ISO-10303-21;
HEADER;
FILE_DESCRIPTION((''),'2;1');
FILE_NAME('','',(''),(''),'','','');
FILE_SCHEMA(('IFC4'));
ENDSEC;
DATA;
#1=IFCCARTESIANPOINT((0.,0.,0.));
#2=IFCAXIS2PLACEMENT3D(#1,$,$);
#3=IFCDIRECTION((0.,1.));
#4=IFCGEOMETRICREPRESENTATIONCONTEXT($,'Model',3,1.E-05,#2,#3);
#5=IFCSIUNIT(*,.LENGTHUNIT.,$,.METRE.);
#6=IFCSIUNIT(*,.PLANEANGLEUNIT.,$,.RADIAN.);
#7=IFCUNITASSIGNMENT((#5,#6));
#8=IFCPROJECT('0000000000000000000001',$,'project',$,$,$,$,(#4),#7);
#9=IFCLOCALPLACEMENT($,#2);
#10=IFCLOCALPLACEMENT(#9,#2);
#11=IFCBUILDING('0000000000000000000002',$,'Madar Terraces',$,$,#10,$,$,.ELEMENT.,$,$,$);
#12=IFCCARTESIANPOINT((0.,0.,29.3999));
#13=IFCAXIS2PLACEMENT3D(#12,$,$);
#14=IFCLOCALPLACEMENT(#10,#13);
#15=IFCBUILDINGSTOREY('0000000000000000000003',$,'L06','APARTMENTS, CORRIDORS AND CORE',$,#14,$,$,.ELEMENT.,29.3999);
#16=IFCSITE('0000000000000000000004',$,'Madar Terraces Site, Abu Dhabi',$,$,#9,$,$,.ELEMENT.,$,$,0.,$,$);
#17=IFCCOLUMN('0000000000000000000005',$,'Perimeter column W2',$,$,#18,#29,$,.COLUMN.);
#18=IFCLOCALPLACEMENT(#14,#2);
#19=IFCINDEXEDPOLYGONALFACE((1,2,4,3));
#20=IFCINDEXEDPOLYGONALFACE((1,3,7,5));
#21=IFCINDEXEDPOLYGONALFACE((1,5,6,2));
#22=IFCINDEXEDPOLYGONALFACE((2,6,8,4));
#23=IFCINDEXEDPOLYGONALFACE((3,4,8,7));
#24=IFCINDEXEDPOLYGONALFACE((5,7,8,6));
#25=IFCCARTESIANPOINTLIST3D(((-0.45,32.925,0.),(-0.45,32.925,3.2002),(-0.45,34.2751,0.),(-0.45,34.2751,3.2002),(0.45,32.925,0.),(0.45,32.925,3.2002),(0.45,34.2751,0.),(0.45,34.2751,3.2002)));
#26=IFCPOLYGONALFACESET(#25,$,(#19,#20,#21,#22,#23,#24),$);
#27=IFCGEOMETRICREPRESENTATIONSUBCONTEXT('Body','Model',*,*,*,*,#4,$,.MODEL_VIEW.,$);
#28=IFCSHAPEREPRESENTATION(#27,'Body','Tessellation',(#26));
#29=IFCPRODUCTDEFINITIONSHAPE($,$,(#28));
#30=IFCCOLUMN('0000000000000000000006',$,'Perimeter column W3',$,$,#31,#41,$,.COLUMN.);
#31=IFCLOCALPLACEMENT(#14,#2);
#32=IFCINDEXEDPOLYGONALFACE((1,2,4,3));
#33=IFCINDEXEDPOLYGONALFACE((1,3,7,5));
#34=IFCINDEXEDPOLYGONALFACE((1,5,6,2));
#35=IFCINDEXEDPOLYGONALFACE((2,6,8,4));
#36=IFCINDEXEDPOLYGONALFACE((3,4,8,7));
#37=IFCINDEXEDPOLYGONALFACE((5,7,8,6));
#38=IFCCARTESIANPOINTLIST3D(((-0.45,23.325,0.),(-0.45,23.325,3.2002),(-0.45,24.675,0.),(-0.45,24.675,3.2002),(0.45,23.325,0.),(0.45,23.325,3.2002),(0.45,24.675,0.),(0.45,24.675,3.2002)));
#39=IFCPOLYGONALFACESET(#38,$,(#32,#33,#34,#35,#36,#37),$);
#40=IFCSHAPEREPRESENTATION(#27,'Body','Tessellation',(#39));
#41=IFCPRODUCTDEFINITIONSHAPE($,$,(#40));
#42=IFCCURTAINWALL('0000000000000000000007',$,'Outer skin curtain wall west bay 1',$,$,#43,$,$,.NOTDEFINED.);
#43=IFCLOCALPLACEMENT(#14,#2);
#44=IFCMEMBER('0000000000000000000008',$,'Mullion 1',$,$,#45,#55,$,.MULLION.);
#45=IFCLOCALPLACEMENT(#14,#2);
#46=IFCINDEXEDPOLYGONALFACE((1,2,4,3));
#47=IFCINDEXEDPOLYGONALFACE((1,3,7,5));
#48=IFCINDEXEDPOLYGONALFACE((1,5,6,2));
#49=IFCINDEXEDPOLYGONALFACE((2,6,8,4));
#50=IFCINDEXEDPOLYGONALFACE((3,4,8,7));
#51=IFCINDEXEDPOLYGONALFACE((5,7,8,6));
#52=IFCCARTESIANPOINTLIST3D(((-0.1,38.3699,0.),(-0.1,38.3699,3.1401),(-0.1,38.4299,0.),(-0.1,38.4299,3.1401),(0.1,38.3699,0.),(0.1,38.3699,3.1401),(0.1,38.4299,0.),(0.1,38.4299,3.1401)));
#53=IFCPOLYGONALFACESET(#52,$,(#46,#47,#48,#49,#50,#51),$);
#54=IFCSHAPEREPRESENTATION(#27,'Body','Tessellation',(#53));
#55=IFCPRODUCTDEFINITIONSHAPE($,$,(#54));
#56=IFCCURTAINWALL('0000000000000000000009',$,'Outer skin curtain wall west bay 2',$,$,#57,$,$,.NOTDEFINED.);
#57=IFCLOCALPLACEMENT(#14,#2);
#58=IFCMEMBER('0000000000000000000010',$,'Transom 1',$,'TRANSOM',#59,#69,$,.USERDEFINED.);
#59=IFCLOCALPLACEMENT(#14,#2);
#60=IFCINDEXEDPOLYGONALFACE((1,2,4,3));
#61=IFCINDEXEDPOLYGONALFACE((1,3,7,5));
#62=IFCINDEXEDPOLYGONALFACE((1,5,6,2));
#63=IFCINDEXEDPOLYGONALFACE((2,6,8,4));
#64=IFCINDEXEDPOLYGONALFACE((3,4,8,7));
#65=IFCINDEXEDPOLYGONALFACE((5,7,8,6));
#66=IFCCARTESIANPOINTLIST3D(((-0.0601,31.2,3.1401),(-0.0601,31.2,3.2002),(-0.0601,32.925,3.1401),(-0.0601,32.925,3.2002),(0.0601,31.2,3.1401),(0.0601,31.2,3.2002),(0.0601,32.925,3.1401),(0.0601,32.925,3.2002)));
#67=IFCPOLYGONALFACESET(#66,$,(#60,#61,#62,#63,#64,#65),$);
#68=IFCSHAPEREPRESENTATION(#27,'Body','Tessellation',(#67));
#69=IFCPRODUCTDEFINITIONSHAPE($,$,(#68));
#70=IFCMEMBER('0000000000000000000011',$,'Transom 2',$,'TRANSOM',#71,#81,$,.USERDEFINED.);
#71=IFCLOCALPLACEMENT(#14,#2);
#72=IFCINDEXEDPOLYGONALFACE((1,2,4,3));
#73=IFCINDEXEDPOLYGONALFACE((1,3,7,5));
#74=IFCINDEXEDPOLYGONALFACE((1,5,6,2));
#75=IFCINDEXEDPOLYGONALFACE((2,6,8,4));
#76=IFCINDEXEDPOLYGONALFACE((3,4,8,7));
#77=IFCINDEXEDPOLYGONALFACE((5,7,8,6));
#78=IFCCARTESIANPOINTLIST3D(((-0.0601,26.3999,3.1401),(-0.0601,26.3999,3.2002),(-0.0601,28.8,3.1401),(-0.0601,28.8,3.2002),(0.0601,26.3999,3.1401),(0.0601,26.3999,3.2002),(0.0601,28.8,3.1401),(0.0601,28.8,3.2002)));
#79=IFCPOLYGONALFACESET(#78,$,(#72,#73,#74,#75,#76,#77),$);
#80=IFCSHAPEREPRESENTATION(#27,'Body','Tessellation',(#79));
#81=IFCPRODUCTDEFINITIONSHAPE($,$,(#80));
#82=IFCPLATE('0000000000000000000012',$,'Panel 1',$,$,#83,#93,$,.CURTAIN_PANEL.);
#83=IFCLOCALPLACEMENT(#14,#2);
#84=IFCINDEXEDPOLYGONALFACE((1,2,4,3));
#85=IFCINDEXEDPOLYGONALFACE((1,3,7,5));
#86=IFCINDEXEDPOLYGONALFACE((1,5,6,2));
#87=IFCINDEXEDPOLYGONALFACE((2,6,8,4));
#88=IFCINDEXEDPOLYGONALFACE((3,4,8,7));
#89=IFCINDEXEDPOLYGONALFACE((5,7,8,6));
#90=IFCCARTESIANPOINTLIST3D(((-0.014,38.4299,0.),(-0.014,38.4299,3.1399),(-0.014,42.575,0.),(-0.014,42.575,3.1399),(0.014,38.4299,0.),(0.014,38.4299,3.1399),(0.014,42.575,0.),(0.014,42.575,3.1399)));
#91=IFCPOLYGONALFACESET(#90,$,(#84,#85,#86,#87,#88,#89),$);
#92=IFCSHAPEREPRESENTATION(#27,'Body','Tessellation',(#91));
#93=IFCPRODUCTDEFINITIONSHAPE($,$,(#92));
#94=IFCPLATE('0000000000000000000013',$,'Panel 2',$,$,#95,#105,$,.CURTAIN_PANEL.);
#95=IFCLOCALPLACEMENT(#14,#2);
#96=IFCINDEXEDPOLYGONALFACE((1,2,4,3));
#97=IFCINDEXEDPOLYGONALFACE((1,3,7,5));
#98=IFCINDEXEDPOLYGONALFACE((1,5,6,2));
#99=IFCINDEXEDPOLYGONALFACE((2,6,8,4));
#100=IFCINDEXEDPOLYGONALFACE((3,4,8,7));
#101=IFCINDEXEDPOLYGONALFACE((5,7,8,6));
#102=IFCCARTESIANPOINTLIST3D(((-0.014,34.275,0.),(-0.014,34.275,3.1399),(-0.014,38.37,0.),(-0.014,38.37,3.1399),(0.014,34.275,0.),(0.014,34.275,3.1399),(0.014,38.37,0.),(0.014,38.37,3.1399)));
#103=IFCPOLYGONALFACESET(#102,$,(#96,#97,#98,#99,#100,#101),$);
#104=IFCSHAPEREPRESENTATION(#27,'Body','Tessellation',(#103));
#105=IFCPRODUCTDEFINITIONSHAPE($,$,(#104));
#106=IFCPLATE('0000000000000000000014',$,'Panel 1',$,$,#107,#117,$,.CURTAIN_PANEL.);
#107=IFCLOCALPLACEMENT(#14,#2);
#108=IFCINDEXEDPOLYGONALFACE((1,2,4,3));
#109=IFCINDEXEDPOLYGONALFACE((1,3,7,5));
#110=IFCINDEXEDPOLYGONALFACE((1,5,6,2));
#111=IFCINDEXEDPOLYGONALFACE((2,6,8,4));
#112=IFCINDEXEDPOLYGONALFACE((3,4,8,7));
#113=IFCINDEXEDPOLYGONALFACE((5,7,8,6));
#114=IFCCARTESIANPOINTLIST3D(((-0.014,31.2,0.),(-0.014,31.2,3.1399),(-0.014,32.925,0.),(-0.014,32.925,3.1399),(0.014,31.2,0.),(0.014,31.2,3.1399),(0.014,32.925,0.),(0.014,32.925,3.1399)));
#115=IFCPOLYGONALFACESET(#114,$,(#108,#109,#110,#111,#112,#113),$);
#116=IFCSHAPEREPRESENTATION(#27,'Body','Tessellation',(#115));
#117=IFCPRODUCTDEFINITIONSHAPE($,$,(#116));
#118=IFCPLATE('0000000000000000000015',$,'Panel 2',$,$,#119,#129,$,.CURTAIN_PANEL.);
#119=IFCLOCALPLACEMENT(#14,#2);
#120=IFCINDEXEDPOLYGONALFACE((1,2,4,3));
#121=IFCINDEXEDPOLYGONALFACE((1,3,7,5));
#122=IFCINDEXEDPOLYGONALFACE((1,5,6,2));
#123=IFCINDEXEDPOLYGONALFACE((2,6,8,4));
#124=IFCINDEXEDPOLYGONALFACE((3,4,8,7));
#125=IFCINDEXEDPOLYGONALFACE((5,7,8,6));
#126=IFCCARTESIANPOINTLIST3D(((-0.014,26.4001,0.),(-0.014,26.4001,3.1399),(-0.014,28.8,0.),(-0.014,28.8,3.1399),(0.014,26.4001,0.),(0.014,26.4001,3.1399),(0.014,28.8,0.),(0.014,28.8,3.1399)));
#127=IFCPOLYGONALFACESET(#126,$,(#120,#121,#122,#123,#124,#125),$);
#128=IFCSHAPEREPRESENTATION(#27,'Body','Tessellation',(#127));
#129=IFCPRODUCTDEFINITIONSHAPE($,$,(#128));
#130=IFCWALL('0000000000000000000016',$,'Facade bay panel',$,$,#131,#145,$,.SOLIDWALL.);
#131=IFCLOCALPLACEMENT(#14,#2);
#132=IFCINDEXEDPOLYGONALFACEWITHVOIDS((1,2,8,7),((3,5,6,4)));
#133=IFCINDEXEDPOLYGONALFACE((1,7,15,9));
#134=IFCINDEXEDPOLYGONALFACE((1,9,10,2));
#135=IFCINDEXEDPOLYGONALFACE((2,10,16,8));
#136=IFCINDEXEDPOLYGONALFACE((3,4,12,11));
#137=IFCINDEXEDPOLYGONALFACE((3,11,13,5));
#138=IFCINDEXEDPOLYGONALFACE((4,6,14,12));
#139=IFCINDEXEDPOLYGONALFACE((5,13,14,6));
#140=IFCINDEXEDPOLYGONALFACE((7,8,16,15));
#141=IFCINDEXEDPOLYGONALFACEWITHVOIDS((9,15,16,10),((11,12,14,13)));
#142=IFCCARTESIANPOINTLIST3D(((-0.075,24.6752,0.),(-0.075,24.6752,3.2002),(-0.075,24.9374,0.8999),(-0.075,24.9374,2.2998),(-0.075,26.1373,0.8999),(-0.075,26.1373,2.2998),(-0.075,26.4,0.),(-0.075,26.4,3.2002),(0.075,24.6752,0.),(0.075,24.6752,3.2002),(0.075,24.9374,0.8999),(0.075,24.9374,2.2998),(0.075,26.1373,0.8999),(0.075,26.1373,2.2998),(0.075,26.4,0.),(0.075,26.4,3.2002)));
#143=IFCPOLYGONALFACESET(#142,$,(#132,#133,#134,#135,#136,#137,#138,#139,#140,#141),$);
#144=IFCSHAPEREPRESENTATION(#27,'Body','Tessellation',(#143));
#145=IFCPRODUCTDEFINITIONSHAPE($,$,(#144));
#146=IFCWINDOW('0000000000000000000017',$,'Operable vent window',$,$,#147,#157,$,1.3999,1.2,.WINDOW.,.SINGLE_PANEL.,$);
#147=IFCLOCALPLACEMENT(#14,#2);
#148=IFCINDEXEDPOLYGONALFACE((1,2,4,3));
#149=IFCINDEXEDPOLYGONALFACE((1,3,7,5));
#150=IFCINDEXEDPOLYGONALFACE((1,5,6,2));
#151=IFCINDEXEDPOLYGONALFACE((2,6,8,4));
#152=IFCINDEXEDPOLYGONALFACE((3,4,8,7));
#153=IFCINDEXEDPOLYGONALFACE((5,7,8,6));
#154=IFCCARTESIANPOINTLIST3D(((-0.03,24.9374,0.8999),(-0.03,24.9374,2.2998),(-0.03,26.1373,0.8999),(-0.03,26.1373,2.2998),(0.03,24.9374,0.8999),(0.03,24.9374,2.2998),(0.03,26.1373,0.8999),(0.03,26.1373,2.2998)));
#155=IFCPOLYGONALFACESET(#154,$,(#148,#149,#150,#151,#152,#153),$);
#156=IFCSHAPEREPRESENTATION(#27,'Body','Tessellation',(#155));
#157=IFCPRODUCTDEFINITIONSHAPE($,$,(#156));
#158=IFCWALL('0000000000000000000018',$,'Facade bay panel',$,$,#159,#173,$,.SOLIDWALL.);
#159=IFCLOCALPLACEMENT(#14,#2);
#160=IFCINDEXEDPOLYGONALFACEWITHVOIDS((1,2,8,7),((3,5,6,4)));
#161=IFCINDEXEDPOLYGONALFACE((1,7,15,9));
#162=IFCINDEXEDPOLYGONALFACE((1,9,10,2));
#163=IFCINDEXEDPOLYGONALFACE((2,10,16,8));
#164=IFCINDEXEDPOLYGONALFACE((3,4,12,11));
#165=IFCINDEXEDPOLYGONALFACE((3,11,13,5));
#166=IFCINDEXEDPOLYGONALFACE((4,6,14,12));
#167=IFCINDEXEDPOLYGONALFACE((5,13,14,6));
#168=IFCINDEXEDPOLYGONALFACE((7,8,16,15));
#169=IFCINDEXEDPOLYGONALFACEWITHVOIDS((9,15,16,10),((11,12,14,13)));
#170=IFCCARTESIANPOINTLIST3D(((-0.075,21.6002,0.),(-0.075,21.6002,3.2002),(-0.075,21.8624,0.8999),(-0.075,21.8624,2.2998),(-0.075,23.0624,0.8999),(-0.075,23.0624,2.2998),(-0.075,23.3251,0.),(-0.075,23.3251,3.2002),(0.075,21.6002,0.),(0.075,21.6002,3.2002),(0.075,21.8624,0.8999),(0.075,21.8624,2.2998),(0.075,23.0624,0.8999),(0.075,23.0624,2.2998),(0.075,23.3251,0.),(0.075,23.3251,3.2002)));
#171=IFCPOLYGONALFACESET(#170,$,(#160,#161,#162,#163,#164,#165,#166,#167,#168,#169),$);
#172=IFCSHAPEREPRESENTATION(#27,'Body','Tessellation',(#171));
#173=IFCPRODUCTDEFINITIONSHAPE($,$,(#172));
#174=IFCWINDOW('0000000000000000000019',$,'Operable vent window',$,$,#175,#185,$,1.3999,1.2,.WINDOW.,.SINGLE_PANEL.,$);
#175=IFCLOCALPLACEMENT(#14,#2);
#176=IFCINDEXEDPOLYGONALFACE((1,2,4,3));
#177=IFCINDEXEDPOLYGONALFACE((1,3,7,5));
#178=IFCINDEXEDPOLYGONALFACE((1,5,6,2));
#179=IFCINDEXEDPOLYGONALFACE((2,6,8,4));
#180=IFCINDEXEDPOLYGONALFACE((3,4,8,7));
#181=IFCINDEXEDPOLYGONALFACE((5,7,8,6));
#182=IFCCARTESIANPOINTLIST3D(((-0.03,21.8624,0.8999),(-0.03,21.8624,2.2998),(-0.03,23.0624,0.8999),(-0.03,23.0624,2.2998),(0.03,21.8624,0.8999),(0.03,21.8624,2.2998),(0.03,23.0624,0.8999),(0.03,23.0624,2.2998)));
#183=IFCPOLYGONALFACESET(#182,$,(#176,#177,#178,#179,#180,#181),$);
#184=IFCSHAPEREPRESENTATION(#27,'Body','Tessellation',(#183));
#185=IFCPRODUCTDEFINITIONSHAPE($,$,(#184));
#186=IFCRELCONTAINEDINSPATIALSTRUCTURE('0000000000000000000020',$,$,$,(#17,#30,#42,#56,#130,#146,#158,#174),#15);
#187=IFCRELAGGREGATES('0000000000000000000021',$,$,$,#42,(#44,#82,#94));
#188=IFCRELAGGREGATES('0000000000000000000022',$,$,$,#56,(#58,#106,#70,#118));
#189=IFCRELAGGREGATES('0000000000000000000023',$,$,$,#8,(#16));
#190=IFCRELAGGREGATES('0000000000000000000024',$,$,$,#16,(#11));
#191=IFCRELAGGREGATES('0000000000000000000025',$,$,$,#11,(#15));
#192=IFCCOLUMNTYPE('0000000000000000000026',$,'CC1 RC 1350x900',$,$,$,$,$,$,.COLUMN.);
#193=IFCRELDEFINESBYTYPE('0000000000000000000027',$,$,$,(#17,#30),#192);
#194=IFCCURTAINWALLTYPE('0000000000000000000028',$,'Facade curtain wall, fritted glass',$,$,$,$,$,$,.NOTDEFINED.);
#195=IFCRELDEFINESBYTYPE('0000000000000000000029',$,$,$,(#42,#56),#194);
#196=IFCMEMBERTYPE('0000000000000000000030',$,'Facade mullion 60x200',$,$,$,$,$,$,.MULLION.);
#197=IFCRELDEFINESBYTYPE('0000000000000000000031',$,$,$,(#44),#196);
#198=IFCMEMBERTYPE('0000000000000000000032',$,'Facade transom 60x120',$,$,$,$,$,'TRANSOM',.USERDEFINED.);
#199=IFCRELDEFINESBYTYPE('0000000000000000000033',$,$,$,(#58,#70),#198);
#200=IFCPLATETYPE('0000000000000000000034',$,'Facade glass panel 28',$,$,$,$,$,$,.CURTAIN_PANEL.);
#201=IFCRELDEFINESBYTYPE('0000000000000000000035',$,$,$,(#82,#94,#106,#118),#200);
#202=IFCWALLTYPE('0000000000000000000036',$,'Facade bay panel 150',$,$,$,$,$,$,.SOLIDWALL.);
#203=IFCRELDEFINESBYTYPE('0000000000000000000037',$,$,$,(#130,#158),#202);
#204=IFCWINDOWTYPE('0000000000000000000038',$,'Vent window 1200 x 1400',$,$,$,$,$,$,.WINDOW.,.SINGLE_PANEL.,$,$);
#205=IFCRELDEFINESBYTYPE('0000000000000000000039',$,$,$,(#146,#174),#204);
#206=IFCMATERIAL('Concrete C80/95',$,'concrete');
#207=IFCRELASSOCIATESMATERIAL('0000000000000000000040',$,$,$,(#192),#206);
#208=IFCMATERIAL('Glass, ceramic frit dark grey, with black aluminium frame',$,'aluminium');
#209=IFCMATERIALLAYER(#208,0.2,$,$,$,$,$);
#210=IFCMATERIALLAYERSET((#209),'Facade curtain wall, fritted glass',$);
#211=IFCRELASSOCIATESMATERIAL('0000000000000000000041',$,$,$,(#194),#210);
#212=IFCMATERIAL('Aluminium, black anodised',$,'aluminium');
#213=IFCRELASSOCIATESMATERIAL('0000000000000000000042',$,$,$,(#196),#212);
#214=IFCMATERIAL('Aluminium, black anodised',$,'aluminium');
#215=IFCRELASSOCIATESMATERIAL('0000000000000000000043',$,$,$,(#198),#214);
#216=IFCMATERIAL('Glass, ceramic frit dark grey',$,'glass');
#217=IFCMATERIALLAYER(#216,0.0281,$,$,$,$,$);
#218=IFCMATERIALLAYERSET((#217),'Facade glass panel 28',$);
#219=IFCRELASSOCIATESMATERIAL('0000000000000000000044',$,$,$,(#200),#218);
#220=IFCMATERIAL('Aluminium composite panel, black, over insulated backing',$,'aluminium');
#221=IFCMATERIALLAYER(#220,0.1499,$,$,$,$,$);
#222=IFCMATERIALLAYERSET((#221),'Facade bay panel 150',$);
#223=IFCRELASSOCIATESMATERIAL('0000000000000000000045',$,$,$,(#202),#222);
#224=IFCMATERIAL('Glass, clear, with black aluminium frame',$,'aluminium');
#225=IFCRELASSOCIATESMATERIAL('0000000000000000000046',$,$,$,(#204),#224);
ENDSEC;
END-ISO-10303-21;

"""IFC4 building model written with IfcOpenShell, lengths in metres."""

from ifc_helpers import new_model, si_unit, direction, frame, frame_2d, origin, origin_2d, place, context, subcontext, project, spatial, rectangle, extrude, material, layer, layer_set, material_profile, profile_set, type_object, element, fill, aggregate, save


model = new_model("IFC4")

# Units and contexts
model_context = context("Model", 3, precision=1e-05, world=origin(), true_north=direction((0.0, 1.0)))
body_context = subcontext(model_context, "Body", "Model", "MODEL_VIEW")
ifc_project = project(units=[si_unit("LENGTHUNIT", "METRE"), si_unit("PLANEANGLEUNIT", "RADIAN")], contexts=[model_context])

# Site, building, storey
site_placement = place(None, origin())
site = spatial("IfcSite", under=ifc_project, at=site_placement, Name="Madar Terraces Site, Abu Dhabi", CompositionType="ELEMENT", RefElevation=0.0)
building_placement = place(site_placement, origin())
building = spatial("IfcBuilding", under=site, at=building_placement, Name="Madar Terraces", CompositionType="ELEMENT")
storey_placement = place(building_placement, frame((0.0, 0.0, 29.3999)))
storey = spatial("IfcBuildingStorey", under=building, at=storey_placement, Name="L06", Description="APARTMENTS, CORRIDORS AND CORE", CompositionType="ELEMENT", Elevation=29.3999)

# Columns
ifc_material_1 = material(Name="Concrete C80/95", Category="concrete")
ifc_material_profile_1 = material_profile(ifc_material_1, rectangle(XDim=1.3501, YDim=0.8999, at=origin_2d()), Name="CC1 RC 1350x900")
ifc_profile_set_1 = profile_set([ifc_material_profile_1], Name="Concrete C80/95")
column_type = type_object("IfcColumnType", Name="CC1 RC 1350x900", PredefinedType="COLUMN", material=ifc_profile_set_1)
for number, where, z_axis, x_axis, name in (
    (1, (0.0, 33.6001, 0.0), (0.0, 0.0, 1.0), (0.0, 1.0, 0.0), "Perimeter column W2"),
    (2, (0.0, 24.0, 0.0), (0.0, 0.0, 1.0), (0.0, 1.0, 0.0), "Perimeter column W3"),
):
    element("IfcColumn", number, at=place(storey_placement, frame(where, z_axis=z_axis, x_axis=x_axis)), inside=storey, type_object=column_type, Name=name, PredefinedType="COLUMN", context=body_context, shape_type="SweptSolid", body=[
        extrude(rectangle(XDim=1.3501, YDim=0.8999, at=origin_2d()), origin(), (0.0, 0.0, 1.0), 3.2002),
    ])

# Curtain wall, member
ifc_material_2 = material(Name="Glass, ceramic frit dark grey, with black aluminium frame", Category="aluminium")
ifc_layer_1 = layer(ifc_material_2, 0.2)
ifc_layer_set_1 = layer_set([ifc_layer_1], Name="Facade curtain wall, fritted glass")
curtain_wall_type = type_object("IfcCurtainWallType", Name="Facade curtain wall, fritted glass", PredefinedType="NOTDEFINED", material=ifc_layer_set_1)
curtain_wall_1_placement = place(storey_placement, origin())
curtain_wall_1 = element("IfcCurtainWall", 3, at=curtain_wall_1_placement, inside=storey, type_object=curtain_wall_type, Name="Outer skin curtain wall west bay 1", PredefinedType="NOTDEFINED")
ifc_material_3 = material(Name="Aluminium, black anodised", Category="aluminium")
ifc_material_profile_2 = material_profile(ifc_material_3, rectangle(XDim=0.2, YDim=0.0601, at=origin_2d()), Name="Facade mullion 60x200")
ifc_profile_set_2 = profile_set([ifc_material_profile_2], Name="Aluminium, black anodised")
member_type_1 = type_object("IfcMemberType", Name="Facade mullion 60x200", PredefinedType="MULLION", material=ifc_profile_set_2)
member_1_placement = place(storey_placement, frame((0.0, 38.3999, 0.0), z_axis=(0.0, 0.0, 1.0), x_axis=(1.0, 0.0, 0.0)))
member_1 = element("IfcMember", 4, at=member_1_placement, type_object=member_type_1, Name="Mullion 1", PredefinedType="MULLION", context=body_context, shape_type="SweptSolid", body=[
    extrude(rectangle(XDim=0.2, YDim=0.0601, at=origin_2d()), origin(), (0.0, 0.0, 1.0), 3.1401),
])

# Curtain wall, members
curtain_wall_2_placement = place(storey_placement, origin())
curtain_wall_2 = element("IfcCurtainWall", 5, at=curtain_wall_2_placement, inside=storey, type_object=curtain_wall_type, Name="Outer skin curtain wall west bay 2", PredefinedType="NOTDEFINED")
ifc_material_4 = material(Name="Aluminium, black anodised", Category="aluminium")
ifc_material_profile_3 = material_profile(ifc_material_4, rectangle(XDim=0.1201, YDim=0.0601, at=origin_2d()), Name="Facade transom 60x120")
ifc_profile_set_3 = profile_set([ifc_material_profile_3], Name="Aluminium, black anodised")
member_type_2 = type_object("IfcMemberType", Name="Facade transom 60x120", ElementType="TRANSOM", PredefinedType="USERDEFINED", material=ifc_profile_set_3)
member_2_placement = place(storey_placement, frame((0.0, 32.925, 3.1702), z_axis=(0.0, -1.0, 0.0), x_axis=(1.0, 0.0, 0.0)))
member_2 = element("IfcMember", 6, at=member_2_placement, type_object=member_type_2, Name="Transom 1", ObjectType="TRANSOM", PredefinedType="USERDEFINED", context=body_context, shape_type="SweptSolid", body=[
    extrude(rectangle(XDim=0.1201, YDim=0.0601, at=origin_2d()), origin(), (0.0, 0.0, 1.0), 1.7251),
])
member_3_placement = place(storey_placement, frame((0.0, 28.8, 3.1702), z_axis=(0.0, -1.0, 0.0), x_axis=(1.0, 0.0, 0.0)))
member_3 = element("IfcMember", 7, at=member_3_placement, type_object=member_type_2, Name="Transom 2", ObjectType="TRANSOM", PredefinedType="USERDEFINED", context=body_context, shape_type="SweptSolid", body=[
    extrude(rectangle(XDim=0.1201, YDim=0.0601, at=origin_2d()), origin(), (0.0, 0.0, 1.0), 2.4001),
])

# Plates
ifc_material_5 = material(Name="Glass, ceramic frit dark grey", Category="glass")
ifc_layer_2 = layer(ifc_material_5, 0.0281)
ifc_layer_set_2 = layer_set([ifc_layer_2], Name="Facade glass panel 28")
plate_type = type_object("IfcPlateType", Name="Facade glass panel 28", PredefinedType="CURTAIN_PANEL", material=ifc_layer_set_2)
plate_1_placement = place(storey_placement, frame((0.0, 40.5024, 0.0), z_axis=(0.0, 0.0, 1.0), x_axis=(0.0, -1.0, 0.0)))
plate_1 = element("IfcPlate", 8, at=plate_1_placement, type_object=plate_type, Name="Panel 1", PredefinedType="CURTAIN_PANEL", context=body_context, shape_type="SweptSolid", body=[
    extrude(rectangle(XDim=4.145, YDim=0.0281, at=origin_2d()), origin(), (0.0, 0.0, 1.0), 3.1399),
])
plate_2_placement = place(storey_placement, frame((0.0, 36.3225, 0.0), z_axis=(0.0, 0.0, 1.0), x_axis=(0.0, -1.0, 0.0)))
plate_2 = element("IfcPlate", 9, at=plate_2_placement, type_object=plate_type, Name="Panel 2", PredefinedType="CURTAIN_PANEL", context=body_context, shape_type="SweptSolid", body=[
    extrude(rectangle(XDim=4.095, YDim=0.0281, at=origin_2d()), origin(), (0.0, 0.0, 1.0), 3.1399),
])
aggregate(curtain_wall_1, [member_1, plate_1, plate_2])
plate_3_placement = place(storey_placement, frame((0.0, 32.0625, 0.0), z_axis=(0.0, 0.0, 1.0), x_axis=(0.0, -1.0, 0.0)))
plate_3 = element("IfcPlate", 10, at=plate_3_placement, type_object=plate_type, Name="Panel 1", PredefinedType="CURTAIN_PANEL", context=body_context, shape_type="SweptSolid", body=[
    extrude(rectangle(XDim=1.7251, YDim=0.0281, at=origin_2d()), origin(), (0.0, 0.0, 1.0), 3.1399),
])
plate_4_placement = place(storey_placement, frame((0.0, 27.6001, 0.0), z_axis=(0.0, 0.0, 1.0), x_axis=(0.0, -1.0, 0.0)))
plate_4 = element("IfcPlate", 11, at=plate_4_placement, type_object=plate_type, Name="Panel 2", PredefinedType="CURTAIN_PANEL", context=body_context, shape_type="SweptSolid", body=[
    extrude(rectangle(XDim=2.3999, YDim=0.0281, at=origin_2d()), origin(), (0.0, 0.0, 1.0), 3.1399),
])
aggregate(curtain_wall_2, [member_2, plate_3, member_3, plate_4])

# Shared definitions
ifc_material_6 = material(Name="Aluminium composite panel, black, over insulated backing", Category="aluminium")
ifc_layer_3 = layer(ifc_material_6, 0.1499)
ifc_layer_set_3 = layer_set([ifc_layer_3], Name="Facade bay panel 150")
wall_type_1 = type_object("IfcWallType", Name="Facade bay panel 150", PredefinedType="SOLIDWALL", material=ifc_layer_set_3)

# Walls, openings, windows
wall_1_placement = place(storey_placement, frame((0.0, 26.3999, 0.0), z_axis=(0.0, 0.0, 1.0), x_axis=(0.0, -1.0, 0.0)))
wall_1 = element("IfcWall", 12, at=wall_1_placement, inside=storey, type_object=wall_type_1, Name="Facade bay panel", PredefinedType="SOLIDWALL", context=body_context, shape_type="SweptSolid", body=[
    extrude(rectangle(XDim=1.7249, YDim=0.1499, at=frame_2d((0.8623, 0.0))), origin(), (0.0, 0.0, 1.0), 3.2002),
])
opening_1_placement = place(wall_1_placement, frame((0.2625, 0.0, 0.8999)))
opening_1 = element("IfcOpeningElement", 13, at=opening_1_placement, cuts=wall_1, PredefinedType="OPENING", context=body_context, shape_type="SweptSolid", body=[
    extrude(rectangle(XDim=1.2, YDim=1.3999, at=frame_2d((0.6001, 0.7))), frame((0.0, 0.085, 0.0), z_axis=(0.0, -1.0, 0.0), x_axis=(1.0, 0.0, 0.0)), (0.0, 0.0, 1.0), 0.1699),
])
ifc_material_7 = material(Name="Glass, clear, with black aluminium frame", Category="aluminium")
window_type = type_object("IfcWindowType", Name="Vent window 1200 x 1400", PartitioningType="SINGLE_PANEL", PredefinedType="WINDOW", material=ifc_material_7)
window_1_placement = place(opening_1_placement, origin())
window_1 = element("IfcWindow", 14, at=window_1_placement, inside=storey, type_object=window_type, Name="Operable vent window", OverallHeight=1.3999, OverallWidth=1.2, PartitioningType="SINGLE_PANEL", PredefinedType="WINDOW", context=body_context, shape_type="SweptSolid", body=[
    extrude(rectangle(XDim=1.2, YDim=1.3999, at=frame_2d((0.6001, 0.7))), frame((0.0, 0.03, 0.0), z_axis=(0.0, -1.0, 0.0), x_axis=(1.0, 0.0, 0.0)), (0.0, 0.0, 1.0), 0.0601),
])
fill(opening_1, window_1)
wall_2_placement = place(storey_placement, frame((0.0, 23.325, 0.0), z_axis=(0.0, 0.0, 1.0), x_axis=(0.0, -1.0, 0.0)))
wall_2 = element("IfcWall", 15, at=wall_2_placement, inside=storey, type_object=wall_type_1, Name="Facade bay panel", PredefinedType="SOLIDWALL", context=body_context, shape_type="SweptSolid", body=[
    extrude(rectangle(XDim=1.7249, YDim=0.1499, at=frame_2d((0.8623, 0.0))), origin(), (0.0, 0.0, 1.0), 3.2002),
])
opening_2_placement = place(wall_2_placement, frame((0.2625, 0.0, 0.8999)))
opening_2 = element("IfcOpeningElement", 16, at=opening_2_placement, cuts=wall_2, PredefinedType="OPENING", context=body_context, shape_type="SweptSolid", body=[
    extrude(rectangle(XDim=1.2, YDim=1.3999, at=frame_2d((0.6001, 0.7))), frame((0.0, 0.085, 0.0), z_axis=(0.0, -1.0, 0.0), x_axis=(1.0, 0.0, 0.0)), (0.0, 0.0, 1.0), 0.1699),
])
window_2_placement = place(opening_2_placement, origin())
window_2 = element("IfcWindow", 17, at=window_2_placement, inside=storey, type_object=window_type, Name="Operable vent window", OverallHeight=1.3999, OverallWidth=1.2, PartitioningType="SINGLE_PANEL", PredefinedType="WINDOW", context=body_context, shape_type="SweptSolid", body=[
    extrude(rectangle(XDim=1.2, YDim=1.3999, at=frame_2d((0.6001, 0.7))), frame((0.0, 0.03, 0.0), z_axis=(0.0, -1.0, 0.0), x_axis=(1.0, 0.0, 0.0)), (0.0, 0.0, 1.0), 0.0601),
])
fill(opening_2, window_2)

save(model, "model.ifc")
